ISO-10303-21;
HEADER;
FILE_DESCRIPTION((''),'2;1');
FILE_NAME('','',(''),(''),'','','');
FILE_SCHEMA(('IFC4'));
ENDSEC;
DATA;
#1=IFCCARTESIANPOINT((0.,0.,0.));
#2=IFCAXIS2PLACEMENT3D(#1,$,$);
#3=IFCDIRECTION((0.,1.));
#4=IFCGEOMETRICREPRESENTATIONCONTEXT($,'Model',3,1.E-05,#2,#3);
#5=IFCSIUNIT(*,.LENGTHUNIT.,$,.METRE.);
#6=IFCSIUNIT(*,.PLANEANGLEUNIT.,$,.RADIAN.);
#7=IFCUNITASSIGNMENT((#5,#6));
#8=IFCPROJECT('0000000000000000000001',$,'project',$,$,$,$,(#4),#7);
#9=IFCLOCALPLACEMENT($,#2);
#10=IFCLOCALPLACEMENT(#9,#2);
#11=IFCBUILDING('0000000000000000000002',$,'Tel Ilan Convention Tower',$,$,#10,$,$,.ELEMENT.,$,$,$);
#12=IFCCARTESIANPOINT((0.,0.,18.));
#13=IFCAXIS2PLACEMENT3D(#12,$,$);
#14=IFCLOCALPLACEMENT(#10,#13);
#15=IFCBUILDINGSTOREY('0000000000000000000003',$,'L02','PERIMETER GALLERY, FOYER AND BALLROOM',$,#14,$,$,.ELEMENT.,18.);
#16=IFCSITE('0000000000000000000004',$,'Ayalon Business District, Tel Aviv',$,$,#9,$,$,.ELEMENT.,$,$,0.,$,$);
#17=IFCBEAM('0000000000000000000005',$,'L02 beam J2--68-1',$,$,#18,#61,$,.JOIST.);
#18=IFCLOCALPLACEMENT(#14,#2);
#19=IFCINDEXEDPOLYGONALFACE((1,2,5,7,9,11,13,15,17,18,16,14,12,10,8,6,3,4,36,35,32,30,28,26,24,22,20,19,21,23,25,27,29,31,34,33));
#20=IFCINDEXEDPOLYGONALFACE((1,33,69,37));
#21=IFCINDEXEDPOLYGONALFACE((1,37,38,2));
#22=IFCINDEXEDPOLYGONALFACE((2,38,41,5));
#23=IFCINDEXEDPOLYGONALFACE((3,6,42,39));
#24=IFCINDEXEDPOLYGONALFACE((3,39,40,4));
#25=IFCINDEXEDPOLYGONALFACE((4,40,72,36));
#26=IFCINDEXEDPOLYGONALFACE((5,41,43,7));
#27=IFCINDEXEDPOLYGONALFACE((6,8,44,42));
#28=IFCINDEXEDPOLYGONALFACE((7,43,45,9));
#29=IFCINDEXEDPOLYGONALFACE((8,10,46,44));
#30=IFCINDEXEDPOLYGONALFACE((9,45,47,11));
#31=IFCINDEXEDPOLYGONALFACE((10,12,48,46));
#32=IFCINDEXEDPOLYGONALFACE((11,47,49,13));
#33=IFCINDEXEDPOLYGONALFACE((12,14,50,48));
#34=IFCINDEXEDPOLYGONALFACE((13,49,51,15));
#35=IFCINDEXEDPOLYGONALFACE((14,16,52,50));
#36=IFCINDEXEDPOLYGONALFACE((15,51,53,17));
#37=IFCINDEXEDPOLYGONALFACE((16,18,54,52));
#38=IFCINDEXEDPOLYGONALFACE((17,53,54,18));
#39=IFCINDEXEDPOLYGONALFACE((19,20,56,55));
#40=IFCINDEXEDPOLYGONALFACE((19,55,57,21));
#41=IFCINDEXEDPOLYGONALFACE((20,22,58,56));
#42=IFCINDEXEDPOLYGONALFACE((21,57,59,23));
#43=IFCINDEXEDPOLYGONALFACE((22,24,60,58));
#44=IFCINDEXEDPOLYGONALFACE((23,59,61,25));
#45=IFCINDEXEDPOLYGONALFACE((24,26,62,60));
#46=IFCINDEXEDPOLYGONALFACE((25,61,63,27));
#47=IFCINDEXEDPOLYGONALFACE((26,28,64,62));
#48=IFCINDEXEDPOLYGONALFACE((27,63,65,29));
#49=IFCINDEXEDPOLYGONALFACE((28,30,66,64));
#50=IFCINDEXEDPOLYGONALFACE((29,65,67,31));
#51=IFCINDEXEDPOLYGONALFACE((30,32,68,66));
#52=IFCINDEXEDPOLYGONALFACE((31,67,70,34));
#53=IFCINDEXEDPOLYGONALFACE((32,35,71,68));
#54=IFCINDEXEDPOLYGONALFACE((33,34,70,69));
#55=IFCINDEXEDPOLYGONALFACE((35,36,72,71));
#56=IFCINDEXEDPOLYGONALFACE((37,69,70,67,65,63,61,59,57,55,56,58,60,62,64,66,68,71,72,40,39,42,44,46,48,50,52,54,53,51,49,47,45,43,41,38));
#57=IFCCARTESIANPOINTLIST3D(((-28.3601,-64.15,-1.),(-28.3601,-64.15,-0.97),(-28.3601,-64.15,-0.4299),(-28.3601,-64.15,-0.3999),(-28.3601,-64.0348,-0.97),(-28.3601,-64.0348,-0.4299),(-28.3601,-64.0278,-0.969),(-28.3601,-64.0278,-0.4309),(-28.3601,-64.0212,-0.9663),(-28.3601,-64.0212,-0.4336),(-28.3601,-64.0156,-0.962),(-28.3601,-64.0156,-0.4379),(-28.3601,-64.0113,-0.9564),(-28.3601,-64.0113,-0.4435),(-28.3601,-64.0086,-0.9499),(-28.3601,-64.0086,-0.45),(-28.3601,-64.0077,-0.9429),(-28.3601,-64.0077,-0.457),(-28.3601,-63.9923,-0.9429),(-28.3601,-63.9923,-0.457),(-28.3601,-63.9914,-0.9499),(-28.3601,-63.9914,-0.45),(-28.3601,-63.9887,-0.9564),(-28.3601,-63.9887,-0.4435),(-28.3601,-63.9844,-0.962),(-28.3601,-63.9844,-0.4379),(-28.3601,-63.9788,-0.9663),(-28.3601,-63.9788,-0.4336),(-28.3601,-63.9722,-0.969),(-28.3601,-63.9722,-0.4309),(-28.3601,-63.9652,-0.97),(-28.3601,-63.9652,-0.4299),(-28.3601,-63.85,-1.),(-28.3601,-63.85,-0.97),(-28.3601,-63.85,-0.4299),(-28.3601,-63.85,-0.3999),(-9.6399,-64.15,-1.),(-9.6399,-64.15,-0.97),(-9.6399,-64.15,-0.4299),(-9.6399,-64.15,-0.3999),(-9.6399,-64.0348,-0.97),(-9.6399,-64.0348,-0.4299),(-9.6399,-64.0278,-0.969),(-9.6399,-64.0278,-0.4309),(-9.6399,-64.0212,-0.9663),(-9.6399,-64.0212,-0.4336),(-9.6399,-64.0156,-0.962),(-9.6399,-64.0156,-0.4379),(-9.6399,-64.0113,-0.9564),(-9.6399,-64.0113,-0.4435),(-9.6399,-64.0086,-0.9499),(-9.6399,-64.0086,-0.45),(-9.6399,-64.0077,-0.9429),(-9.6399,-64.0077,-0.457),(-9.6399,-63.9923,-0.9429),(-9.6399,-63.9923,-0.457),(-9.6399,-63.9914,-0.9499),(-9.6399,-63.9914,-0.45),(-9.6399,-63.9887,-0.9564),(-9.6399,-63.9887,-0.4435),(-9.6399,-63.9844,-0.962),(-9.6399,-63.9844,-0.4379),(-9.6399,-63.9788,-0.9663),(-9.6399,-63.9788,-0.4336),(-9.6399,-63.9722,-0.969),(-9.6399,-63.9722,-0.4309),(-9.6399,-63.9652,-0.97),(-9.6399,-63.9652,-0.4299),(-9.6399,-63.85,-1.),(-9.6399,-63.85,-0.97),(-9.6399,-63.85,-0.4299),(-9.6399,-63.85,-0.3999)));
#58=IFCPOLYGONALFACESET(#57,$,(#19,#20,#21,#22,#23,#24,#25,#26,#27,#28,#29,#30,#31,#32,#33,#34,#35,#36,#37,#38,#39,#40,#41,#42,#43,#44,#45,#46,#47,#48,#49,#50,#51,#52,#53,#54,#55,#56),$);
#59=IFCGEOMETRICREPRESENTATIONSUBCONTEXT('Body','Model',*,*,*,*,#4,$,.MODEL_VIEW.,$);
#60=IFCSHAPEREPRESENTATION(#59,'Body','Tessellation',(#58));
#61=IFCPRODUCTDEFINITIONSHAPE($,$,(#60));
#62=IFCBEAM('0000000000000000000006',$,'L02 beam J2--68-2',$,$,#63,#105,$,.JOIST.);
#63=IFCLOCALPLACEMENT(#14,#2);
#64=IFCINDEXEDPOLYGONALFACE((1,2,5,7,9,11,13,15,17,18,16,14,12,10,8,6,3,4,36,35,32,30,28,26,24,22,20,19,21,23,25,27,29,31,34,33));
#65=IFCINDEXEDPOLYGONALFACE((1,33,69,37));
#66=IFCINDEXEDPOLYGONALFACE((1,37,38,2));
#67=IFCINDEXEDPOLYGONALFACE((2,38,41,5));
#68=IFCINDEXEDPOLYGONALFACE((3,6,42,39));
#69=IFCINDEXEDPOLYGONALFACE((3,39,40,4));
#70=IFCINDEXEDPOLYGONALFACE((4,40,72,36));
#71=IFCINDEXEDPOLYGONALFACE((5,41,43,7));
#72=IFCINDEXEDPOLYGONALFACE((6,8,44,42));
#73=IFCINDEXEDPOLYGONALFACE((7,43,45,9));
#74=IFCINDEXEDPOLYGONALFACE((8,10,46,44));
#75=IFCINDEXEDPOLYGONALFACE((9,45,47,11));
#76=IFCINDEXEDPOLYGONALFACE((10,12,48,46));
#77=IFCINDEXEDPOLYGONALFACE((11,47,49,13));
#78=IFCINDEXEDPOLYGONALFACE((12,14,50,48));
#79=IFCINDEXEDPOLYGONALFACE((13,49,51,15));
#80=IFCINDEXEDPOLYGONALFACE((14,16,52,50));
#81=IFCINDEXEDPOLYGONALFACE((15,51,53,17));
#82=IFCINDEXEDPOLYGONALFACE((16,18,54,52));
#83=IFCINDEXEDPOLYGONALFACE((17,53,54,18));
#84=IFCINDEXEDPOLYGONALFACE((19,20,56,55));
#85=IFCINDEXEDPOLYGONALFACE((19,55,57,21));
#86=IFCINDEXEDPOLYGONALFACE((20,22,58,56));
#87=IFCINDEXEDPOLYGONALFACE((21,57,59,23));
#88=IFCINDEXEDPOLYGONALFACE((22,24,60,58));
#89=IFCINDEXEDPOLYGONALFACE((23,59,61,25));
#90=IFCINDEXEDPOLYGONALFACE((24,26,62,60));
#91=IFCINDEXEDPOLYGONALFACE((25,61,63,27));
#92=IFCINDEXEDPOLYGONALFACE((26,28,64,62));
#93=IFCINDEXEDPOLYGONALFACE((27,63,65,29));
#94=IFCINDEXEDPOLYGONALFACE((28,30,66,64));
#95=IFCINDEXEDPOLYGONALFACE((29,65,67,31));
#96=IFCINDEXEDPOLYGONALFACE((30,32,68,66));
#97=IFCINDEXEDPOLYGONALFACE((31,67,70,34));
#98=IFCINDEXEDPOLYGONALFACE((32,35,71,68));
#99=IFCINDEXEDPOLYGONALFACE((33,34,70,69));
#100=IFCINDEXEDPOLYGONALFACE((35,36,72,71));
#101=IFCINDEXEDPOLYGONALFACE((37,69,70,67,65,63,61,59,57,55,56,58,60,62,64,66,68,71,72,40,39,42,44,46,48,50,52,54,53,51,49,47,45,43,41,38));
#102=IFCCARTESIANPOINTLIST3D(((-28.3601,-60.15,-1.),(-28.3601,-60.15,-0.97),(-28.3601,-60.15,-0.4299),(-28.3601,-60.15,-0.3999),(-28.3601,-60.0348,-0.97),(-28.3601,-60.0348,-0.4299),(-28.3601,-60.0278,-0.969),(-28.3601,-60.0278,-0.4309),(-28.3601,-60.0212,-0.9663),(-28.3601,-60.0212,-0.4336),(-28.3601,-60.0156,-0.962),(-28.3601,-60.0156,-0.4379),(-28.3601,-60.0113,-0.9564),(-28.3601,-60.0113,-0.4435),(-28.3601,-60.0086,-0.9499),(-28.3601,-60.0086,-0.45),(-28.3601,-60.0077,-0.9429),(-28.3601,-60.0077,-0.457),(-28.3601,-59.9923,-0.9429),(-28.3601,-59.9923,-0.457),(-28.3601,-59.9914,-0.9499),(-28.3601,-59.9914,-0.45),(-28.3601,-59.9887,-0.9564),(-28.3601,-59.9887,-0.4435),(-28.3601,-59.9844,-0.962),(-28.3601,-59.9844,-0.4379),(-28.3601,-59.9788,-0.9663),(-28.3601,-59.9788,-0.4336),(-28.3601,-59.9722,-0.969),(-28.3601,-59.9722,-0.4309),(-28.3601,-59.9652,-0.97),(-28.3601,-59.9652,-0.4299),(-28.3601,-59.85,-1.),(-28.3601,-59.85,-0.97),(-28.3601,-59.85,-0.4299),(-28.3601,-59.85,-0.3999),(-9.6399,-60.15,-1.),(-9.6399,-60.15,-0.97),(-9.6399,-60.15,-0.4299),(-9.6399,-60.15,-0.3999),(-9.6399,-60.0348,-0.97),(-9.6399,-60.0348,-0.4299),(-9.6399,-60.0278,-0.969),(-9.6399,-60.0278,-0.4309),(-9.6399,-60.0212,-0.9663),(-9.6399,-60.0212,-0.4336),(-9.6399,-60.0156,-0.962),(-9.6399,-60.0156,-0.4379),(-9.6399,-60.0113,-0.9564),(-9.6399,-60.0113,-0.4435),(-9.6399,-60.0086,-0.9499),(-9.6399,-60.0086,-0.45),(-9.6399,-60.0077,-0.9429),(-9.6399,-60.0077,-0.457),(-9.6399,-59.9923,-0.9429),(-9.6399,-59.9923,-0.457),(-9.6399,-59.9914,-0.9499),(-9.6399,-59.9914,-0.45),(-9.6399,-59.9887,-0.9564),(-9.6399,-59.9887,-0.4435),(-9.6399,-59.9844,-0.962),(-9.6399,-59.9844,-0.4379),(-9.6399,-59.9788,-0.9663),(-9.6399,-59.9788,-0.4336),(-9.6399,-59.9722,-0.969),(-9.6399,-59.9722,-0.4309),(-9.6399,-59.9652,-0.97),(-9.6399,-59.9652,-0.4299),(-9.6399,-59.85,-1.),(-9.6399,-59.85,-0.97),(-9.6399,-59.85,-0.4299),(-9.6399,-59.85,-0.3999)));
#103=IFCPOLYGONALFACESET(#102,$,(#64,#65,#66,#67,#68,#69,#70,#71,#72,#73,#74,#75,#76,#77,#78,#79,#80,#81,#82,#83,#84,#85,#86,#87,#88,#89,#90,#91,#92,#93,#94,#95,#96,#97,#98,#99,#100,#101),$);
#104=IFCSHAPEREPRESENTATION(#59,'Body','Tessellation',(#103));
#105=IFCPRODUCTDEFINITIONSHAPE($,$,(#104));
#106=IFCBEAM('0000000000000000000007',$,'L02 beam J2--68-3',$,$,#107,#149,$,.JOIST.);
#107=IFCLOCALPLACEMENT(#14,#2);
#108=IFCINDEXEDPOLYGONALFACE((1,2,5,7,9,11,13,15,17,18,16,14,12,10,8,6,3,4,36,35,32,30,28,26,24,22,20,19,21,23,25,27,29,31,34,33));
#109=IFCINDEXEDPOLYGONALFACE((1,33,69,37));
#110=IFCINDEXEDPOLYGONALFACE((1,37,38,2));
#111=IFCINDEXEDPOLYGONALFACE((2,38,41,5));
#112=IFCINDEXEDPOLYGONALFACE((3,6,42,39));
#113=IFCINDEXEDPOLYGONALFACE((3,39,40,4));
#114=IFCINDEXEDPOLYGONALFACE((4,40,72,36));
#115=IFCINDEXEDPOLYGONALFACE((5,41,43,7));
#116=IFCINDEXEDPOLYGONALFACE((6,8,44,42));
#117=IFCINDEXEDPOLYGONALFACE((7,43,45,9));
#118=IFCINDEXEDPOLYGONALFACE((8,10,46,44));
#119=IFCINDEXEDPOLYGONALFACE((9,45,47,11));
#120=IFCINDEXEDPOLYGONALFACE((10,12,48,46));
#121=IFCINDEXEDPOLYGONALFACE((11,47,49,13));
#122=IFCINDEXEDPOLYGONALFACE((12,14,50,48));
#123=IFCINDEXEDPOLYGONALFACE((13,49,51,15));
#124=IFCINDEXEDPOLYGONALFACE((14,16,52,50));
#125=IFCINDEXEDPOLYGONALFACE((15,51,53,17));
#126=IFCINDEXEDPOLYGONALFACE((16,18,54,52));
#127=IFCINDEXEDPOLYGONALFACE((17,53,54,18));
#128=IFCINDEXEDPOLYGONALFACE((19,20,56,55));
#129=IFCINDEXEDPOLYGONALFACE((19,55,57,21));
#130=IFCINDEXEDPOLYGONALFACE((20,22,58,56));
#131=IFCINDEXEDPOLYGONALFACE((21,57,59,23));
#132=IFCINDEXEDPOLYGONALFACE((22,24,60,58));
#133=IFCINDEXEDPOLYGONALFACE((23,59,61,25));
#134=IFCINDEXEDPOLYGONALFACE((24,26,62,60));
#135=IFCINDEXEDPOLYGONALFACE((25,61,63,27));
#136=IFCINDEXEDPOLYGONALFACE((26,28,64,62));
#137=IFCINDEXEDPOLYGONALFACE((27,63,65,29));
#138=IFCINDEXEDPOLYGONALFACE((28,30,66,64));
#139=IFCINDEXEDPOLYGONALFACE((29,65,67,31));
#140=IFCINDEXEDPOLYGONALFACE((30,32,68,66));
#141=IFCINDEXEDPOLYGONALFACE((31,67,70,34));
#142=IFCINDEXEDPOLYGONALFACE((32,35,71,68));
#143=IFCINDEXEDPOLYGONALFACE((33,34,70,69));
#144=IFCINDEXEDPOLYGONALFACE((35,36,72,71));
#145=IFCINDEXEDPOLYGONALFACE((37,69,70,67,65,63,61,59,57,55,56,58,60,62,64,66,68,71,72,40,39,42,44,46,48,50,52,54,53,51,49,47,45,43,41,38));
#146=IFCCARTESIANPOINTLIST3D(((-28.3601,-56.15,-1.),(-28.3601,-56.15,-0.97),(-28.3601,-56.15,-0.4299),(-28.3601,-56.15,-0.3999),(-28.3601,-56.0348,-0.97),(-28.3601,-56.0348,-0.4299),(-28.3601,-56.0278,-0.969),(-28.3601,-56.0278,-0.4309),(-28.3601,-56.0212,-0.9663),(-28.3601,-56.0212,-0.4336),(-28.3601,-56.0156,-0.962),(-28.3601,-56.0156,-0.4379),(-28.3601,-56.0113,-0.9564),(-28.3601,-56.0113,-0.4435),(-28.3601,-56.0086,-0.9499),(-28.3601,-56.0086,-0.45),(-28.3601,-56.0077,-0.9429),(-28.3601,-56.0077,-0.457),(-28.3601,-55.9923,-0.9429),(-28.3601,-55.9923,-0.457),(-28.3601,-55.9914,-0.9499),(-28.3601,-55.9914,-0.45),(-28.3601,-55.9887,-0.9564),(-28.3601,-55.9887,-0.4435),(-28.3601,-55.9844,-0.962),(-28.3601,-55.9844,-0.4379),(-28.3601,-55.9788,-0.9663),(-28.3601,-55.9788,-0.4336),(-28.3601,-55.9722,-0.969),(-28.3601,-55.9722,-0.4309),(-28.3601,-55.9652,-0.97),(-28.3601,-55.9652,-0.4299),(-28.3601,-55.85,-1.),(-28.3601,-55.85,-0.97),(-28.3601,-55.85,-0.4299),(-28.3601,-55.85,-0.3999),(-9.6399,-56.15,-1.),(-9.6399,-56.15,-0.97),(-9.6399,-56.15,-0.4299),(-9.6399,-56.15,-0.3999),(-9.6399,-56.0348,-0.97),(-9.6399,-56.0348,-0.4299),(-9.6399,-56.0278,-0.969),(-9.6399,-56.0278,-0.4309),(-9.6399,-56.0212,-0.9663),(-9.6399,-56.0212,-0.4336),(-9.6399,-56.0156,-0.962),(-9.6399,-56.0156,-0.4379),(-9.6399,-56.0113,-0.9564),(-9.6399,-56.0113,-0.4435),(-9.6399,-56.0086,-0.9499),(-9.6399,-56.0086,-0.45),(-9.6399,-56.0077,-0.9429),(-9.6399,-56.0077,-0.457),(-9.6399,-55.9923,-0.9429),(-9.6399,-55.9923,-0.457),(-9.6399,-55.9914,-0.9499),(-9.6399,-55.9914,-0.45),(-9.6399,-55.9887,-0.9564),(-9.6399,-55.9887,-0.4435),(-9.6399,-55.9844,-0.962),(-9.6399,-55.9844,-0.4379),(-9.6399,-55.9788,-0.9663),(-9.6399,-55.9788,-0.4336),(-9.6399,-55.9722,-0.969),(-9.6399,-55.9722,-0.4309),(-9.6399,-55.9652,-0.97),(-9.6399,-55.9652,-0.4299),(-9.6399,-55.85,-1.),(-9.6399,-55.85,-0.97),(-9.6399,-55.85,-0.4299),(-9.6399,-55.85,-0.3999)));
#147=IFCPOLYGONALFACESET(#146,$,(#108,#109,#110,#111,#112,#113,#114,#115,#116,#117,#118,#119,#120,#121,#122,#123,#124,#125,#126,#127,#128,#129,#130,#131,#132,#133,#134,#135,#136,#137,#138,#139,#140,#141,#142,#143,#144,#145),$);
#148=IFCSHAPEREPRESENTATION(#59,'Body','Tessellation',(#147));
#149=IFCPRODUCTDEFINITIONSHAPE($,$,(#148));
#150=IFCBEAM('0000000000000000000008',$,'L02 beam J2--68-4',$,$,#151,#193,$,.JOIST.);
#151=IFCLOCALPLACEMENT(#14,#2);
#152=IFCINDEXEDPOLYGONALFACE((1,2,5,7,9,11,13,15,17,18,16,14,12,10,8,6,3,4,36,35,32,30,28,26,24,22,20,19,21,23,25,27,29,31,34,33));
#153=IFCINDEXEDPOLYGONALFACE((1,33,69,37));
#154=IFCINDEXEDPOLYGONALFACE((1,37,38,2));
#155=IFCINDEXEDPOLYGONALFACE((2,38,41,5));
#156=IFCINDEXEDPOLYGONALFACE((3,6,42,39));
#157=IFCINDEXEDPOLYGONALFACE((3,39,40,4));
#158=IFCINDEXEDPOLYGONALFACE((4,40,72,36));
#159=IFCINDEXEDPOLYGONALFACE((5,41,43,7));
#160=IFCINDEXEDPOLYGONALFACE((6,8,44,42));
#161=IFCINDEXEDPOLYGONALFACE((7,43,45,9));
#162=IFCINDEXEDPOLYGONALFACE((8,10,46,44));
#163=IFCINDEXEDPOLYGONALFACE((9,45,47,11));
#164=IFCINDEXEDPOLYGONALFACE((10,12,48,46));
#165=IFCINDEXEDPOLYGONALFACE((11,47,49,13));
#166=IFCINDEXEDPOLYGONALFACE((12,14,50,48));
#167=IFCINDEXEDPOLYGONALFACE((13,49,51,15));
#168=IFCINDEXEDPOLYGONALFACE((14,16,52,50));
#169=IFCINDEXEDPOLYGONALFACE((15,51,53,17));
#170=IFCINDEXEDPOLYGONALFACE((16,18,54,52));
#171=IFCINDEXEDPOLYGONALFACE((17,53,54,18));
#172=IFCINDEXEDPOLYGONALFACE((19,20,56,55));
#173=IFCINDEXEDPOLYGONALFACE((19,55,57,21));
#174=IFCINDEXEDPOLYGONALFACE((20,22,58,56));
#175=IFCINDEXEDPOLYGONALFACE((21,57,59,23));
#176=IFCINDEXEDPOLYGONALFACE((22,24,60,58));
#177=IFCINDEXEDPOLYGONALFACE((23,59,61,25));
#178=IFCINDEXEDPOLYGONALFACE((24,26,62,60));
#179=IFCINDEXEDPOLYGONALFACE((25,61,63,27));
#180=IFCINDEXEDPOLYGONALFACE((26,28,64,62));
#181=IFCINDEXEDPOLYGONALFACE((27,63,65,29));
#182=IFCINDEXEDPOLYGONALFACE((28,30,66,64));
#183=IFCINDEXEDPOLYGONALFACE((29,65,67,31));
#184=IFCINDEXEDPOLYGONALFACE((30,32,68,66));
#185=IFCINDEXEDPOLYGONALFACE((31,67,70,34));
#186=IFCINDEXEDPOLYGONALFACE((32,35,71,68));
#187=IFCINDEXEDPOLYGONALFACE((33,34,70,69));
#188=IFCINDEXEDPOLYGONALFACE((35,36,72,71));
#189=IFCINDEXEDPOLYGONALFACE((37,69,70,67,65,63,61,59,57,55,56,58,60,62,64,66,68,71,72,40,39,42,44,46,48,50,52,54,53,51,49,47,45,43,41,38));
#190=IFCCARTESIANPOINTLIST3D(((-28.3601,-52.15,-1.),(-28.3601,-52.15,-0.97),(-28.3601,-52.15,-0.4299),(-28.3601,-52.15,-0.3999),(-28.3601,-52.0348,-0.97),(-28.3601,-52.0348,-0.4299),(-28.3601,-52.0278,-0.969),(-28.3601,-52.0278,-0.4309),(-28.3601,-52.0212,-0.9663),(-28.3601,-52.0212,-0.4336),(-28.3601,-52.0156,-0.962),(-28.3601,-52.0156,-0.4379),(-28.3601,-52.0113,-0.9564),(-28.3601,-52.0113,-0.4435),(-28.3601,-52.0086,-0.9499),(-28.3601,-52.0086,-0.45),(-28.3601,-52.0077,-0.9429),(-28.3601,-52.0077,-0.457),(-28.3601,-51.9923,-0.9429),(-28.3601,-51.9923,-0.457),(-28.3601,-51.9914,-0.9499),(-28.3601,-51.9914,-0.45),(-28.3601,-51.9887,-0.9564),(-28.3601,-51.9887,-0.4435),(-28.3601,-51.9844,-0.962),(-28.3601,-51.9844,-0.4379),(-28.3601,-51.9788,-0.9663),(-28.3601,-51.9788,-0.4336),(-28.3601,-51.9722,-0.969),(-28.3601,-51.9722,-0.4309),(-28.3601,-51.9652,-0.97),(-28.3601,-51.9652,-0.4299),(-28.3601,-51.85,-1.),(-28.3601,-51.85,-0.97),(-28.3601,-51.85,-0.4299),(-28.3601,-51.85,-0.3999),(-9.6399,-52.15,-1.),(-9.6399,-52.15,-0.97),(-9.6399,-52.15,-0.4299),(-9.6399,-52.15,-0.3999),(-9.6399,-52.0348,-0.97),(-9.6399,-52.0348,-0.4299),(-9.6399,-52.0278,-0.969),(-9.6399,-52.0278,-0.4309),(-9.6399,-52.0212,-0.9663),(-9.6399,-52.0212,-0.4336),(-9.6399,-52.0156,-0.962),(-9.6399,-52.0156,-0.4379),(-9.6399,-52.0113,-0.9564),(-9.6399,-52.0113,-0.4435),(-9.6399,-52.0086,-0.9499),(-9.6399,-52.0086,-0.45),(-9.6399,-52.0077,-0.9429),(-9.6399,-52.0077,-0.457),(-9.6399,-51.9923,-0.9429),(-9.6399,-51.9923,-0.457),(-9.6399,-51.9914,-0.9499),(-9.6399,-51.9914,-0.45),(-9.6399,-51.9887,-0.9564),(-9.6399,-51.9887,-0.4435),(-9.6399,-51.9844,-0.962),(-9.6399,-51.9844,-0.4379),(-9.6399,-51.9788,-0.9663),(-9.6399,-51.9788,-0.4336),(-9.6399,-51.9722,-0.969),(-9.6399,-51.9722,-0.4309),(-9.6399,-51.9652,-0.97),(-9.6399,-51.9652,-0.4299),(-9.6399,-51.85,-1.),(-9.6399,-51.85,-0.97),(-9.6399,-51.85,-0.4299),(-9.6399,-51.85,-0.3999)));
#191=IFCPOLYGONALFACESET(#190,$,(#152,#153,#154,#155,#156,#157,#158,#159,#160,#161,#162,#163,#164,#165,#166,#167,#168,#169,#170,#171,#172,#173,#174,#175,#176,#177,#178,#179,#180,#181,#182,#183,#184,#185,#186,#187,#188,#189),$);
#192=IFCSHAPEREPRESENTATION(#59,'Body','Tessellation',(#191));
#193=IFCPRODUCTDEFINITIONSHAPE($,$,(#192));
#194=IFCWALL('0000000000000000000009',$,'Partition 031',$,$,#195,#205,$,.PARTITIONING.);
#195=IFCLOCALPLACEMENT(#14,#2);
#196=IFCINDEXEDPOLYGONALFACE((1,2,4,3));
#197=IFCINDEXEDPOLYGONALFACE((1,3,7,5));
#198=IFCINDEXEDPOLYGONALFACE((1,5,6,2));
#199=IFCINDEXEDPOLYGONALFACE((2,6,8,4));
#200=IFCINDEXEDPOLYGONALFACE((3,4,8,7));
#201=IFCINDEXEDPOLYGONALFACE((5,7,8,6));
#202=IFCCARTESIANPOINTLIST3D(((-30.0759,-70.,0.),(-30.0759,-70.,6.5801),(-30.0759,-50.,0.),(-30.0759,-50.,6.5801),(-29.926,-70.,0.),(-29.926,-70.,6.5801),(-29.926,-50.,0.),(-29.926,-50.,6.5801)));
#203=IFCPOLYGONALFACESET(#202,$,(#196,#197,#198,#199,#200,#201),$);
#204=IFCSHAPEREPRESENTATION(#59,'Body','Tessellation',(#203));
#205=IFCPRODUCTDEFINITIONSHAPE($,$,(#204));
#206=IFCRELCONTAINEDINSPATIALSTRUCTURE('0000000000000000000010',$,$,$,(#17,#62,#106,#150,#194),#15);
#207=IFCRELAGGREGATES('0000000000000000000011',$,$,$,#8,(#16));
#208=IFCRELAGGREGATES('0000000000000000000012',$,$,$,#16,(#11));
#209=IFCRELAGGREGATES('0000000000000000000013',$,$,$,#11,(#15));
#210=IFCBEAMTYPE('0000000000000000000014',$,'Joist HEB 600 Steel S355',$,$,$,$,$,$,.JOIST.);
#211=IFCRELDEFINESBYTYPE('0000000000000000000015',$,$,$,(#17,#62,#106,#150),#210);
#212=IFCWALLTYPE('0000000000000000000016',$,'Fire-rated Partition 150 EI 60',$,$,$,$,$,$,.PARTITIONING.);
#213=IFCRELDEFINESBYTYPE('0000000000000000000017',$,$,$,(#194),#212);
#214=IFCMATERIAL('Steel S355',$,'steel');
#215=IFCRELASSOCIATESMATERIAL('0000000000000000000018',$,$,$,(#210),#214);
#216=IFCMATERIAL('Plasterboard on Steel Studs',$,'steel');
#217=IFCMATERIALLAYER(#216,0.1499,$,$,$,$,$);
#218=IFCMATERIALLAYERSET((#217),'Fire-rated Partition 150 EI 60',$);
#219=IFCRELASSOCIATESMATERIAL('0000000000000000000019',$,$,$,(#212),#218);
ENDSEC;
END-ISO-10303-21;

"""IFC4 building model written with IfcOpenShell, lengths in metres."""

from ifc_helpers import new_model, si_unit, direction, frame, frame_2d, origin, origin_2d, place, context, subcontext, project, spatial, rectangle, i_section, extrude, material, layer, layer_set, material_profile, profile_set, type_object, element, save


model = new_model("IFC4")

# Units and contexts
model_context = context("Model", 3, precision=1e-05, world=origin(), true_north=direction((0.0, 1.0)))
body_context = subcontext(model_context, "Body", "Model", "MODEL_VIEW")
ifc_project = project(units=[si_unit("LENGTHUNIT", "METRE"), si_unit("PLANEANGLEUNIT", "RADIAN")], contexts=[model_context])

# Site, building, storey
site_placement = place(None, origin())
site = spatial("IfcSite", under=ifc_project, at=site_placement, Name="Ayalon Business District, Tel Aviv", CompositionType="ELEMENT", RefElevation=0.0)
building_placement = place(site_placement, origin())
building = spatial("IfcBuilding", under=site, at=building_placement, Name="Tel Ilan Convention Tower", CompositionType="ELEMENT")
storey_placement = place(building_placement, frame((0.0, 0.0, 18.0)))
storey = spatial("IfcBuildingStorey", under=building, at=storey_placement, Name="L02", Description="PERIMETER GALLERY, FOYER AND BALLROOM", CompositionType="ELEMENT", Elevation=18.0)

# Beams
ifc_material_1 = material(Name="Steel S355", Category="steel")
ifc_material_profile_1 = material_profile(ifc_material_1, i_section(OverallWidth=0.3, OverallDepth=0.6001, WebThickness=0.0154, FlangeThickness=0.03, FilletRadius=0.0271, at=origin_2d()), Name="HEB 600")
ifc_profile_set_1 = profile_set([ifc_material_profile_1], Name="Steel S355")
beam_type_1 = type_object("IfcBeamType", Name="Joist HEB 600 Steel S355", PredefinedType="JOIST", material=ifc_profile_set_1)
for number, where, z_axis, x_axis, name in (
    (1, (-28.3601, -64.0, -0.7), (1.0, 0.0, 0.0), (0.0, 1.0, 0.0), "L02 beam J2--68-1"),
    (2, (-28.3601, -60.0, -0.7), (1.0, 0.0, 0.0), (0.0, 1.0, 0.0), "L02 beam J2--68-2"),
    (3, (-28.3601, -56.0, -0.7), (1.0, 0.0, 0.0), (0.0, 1.0, 0.0), "L02 beam J2--68-3"),
    (4, (-28.3601, -52.0, -0.7), (1.0, 0.0, 0.0), (0.0, 1.0, 0.0), "L02 beam J2--68-4"),
):
    element("IfcBeam", number, at=place(storey_placement, frame(where, z_axis=z_axis, x_axis=x_axis)), inside=storey, type_object=beam_type_1, Name=name, PredefinedType="JOIST", context=body_context, shape_type="SweptSolid", body=[
        extrude(i_section(OverallWidth=0.3, OverallDepth=0.6001, WebThickness=0.0154, FlangeThickness=0.03, FilletRadius=0.0271, at=origin_2d()), origin(), (0.0, 0.0, 1.0), 18.7202),
    ])

# Wall
ifc_material_2 = material(Name="Plasterboard on Steel Studs", Category="steel")
ifc_layer = layer(ifc_material_2, 0.1499)
ifc_layer_set = layer_set([ifc_layer], Name="Fire-rated Partition 150 EI 60")
wall_type = type_object("IfcWallType", Name="Fire-rated Partition 150 EI 60", PredefinedType="PARTITIONING", material=ifc_layer_set)
wall_1_placement = place(storey_placement, frame((-30.001, -50.0, 0.0), z_axis=(0.0, 0.0, 1.0), x_axis=(0.0, -1.0, 0.0)))
element("IfcWall", 5, at=wall_1_placement, inside=storey, type_object=wall_type, Name="Partition 031", PredefinedType="PARTITIONING", context=body_context, shape_type="SweptSolid", body=[
    extrude(rectangle(XDim=20.0, YDim=0.1499, at=frame_2d((10.0, 0.0))), origin(), (0.0, 0.0, 1.0), 6.5801),
])

save(model, "model.ifc")
